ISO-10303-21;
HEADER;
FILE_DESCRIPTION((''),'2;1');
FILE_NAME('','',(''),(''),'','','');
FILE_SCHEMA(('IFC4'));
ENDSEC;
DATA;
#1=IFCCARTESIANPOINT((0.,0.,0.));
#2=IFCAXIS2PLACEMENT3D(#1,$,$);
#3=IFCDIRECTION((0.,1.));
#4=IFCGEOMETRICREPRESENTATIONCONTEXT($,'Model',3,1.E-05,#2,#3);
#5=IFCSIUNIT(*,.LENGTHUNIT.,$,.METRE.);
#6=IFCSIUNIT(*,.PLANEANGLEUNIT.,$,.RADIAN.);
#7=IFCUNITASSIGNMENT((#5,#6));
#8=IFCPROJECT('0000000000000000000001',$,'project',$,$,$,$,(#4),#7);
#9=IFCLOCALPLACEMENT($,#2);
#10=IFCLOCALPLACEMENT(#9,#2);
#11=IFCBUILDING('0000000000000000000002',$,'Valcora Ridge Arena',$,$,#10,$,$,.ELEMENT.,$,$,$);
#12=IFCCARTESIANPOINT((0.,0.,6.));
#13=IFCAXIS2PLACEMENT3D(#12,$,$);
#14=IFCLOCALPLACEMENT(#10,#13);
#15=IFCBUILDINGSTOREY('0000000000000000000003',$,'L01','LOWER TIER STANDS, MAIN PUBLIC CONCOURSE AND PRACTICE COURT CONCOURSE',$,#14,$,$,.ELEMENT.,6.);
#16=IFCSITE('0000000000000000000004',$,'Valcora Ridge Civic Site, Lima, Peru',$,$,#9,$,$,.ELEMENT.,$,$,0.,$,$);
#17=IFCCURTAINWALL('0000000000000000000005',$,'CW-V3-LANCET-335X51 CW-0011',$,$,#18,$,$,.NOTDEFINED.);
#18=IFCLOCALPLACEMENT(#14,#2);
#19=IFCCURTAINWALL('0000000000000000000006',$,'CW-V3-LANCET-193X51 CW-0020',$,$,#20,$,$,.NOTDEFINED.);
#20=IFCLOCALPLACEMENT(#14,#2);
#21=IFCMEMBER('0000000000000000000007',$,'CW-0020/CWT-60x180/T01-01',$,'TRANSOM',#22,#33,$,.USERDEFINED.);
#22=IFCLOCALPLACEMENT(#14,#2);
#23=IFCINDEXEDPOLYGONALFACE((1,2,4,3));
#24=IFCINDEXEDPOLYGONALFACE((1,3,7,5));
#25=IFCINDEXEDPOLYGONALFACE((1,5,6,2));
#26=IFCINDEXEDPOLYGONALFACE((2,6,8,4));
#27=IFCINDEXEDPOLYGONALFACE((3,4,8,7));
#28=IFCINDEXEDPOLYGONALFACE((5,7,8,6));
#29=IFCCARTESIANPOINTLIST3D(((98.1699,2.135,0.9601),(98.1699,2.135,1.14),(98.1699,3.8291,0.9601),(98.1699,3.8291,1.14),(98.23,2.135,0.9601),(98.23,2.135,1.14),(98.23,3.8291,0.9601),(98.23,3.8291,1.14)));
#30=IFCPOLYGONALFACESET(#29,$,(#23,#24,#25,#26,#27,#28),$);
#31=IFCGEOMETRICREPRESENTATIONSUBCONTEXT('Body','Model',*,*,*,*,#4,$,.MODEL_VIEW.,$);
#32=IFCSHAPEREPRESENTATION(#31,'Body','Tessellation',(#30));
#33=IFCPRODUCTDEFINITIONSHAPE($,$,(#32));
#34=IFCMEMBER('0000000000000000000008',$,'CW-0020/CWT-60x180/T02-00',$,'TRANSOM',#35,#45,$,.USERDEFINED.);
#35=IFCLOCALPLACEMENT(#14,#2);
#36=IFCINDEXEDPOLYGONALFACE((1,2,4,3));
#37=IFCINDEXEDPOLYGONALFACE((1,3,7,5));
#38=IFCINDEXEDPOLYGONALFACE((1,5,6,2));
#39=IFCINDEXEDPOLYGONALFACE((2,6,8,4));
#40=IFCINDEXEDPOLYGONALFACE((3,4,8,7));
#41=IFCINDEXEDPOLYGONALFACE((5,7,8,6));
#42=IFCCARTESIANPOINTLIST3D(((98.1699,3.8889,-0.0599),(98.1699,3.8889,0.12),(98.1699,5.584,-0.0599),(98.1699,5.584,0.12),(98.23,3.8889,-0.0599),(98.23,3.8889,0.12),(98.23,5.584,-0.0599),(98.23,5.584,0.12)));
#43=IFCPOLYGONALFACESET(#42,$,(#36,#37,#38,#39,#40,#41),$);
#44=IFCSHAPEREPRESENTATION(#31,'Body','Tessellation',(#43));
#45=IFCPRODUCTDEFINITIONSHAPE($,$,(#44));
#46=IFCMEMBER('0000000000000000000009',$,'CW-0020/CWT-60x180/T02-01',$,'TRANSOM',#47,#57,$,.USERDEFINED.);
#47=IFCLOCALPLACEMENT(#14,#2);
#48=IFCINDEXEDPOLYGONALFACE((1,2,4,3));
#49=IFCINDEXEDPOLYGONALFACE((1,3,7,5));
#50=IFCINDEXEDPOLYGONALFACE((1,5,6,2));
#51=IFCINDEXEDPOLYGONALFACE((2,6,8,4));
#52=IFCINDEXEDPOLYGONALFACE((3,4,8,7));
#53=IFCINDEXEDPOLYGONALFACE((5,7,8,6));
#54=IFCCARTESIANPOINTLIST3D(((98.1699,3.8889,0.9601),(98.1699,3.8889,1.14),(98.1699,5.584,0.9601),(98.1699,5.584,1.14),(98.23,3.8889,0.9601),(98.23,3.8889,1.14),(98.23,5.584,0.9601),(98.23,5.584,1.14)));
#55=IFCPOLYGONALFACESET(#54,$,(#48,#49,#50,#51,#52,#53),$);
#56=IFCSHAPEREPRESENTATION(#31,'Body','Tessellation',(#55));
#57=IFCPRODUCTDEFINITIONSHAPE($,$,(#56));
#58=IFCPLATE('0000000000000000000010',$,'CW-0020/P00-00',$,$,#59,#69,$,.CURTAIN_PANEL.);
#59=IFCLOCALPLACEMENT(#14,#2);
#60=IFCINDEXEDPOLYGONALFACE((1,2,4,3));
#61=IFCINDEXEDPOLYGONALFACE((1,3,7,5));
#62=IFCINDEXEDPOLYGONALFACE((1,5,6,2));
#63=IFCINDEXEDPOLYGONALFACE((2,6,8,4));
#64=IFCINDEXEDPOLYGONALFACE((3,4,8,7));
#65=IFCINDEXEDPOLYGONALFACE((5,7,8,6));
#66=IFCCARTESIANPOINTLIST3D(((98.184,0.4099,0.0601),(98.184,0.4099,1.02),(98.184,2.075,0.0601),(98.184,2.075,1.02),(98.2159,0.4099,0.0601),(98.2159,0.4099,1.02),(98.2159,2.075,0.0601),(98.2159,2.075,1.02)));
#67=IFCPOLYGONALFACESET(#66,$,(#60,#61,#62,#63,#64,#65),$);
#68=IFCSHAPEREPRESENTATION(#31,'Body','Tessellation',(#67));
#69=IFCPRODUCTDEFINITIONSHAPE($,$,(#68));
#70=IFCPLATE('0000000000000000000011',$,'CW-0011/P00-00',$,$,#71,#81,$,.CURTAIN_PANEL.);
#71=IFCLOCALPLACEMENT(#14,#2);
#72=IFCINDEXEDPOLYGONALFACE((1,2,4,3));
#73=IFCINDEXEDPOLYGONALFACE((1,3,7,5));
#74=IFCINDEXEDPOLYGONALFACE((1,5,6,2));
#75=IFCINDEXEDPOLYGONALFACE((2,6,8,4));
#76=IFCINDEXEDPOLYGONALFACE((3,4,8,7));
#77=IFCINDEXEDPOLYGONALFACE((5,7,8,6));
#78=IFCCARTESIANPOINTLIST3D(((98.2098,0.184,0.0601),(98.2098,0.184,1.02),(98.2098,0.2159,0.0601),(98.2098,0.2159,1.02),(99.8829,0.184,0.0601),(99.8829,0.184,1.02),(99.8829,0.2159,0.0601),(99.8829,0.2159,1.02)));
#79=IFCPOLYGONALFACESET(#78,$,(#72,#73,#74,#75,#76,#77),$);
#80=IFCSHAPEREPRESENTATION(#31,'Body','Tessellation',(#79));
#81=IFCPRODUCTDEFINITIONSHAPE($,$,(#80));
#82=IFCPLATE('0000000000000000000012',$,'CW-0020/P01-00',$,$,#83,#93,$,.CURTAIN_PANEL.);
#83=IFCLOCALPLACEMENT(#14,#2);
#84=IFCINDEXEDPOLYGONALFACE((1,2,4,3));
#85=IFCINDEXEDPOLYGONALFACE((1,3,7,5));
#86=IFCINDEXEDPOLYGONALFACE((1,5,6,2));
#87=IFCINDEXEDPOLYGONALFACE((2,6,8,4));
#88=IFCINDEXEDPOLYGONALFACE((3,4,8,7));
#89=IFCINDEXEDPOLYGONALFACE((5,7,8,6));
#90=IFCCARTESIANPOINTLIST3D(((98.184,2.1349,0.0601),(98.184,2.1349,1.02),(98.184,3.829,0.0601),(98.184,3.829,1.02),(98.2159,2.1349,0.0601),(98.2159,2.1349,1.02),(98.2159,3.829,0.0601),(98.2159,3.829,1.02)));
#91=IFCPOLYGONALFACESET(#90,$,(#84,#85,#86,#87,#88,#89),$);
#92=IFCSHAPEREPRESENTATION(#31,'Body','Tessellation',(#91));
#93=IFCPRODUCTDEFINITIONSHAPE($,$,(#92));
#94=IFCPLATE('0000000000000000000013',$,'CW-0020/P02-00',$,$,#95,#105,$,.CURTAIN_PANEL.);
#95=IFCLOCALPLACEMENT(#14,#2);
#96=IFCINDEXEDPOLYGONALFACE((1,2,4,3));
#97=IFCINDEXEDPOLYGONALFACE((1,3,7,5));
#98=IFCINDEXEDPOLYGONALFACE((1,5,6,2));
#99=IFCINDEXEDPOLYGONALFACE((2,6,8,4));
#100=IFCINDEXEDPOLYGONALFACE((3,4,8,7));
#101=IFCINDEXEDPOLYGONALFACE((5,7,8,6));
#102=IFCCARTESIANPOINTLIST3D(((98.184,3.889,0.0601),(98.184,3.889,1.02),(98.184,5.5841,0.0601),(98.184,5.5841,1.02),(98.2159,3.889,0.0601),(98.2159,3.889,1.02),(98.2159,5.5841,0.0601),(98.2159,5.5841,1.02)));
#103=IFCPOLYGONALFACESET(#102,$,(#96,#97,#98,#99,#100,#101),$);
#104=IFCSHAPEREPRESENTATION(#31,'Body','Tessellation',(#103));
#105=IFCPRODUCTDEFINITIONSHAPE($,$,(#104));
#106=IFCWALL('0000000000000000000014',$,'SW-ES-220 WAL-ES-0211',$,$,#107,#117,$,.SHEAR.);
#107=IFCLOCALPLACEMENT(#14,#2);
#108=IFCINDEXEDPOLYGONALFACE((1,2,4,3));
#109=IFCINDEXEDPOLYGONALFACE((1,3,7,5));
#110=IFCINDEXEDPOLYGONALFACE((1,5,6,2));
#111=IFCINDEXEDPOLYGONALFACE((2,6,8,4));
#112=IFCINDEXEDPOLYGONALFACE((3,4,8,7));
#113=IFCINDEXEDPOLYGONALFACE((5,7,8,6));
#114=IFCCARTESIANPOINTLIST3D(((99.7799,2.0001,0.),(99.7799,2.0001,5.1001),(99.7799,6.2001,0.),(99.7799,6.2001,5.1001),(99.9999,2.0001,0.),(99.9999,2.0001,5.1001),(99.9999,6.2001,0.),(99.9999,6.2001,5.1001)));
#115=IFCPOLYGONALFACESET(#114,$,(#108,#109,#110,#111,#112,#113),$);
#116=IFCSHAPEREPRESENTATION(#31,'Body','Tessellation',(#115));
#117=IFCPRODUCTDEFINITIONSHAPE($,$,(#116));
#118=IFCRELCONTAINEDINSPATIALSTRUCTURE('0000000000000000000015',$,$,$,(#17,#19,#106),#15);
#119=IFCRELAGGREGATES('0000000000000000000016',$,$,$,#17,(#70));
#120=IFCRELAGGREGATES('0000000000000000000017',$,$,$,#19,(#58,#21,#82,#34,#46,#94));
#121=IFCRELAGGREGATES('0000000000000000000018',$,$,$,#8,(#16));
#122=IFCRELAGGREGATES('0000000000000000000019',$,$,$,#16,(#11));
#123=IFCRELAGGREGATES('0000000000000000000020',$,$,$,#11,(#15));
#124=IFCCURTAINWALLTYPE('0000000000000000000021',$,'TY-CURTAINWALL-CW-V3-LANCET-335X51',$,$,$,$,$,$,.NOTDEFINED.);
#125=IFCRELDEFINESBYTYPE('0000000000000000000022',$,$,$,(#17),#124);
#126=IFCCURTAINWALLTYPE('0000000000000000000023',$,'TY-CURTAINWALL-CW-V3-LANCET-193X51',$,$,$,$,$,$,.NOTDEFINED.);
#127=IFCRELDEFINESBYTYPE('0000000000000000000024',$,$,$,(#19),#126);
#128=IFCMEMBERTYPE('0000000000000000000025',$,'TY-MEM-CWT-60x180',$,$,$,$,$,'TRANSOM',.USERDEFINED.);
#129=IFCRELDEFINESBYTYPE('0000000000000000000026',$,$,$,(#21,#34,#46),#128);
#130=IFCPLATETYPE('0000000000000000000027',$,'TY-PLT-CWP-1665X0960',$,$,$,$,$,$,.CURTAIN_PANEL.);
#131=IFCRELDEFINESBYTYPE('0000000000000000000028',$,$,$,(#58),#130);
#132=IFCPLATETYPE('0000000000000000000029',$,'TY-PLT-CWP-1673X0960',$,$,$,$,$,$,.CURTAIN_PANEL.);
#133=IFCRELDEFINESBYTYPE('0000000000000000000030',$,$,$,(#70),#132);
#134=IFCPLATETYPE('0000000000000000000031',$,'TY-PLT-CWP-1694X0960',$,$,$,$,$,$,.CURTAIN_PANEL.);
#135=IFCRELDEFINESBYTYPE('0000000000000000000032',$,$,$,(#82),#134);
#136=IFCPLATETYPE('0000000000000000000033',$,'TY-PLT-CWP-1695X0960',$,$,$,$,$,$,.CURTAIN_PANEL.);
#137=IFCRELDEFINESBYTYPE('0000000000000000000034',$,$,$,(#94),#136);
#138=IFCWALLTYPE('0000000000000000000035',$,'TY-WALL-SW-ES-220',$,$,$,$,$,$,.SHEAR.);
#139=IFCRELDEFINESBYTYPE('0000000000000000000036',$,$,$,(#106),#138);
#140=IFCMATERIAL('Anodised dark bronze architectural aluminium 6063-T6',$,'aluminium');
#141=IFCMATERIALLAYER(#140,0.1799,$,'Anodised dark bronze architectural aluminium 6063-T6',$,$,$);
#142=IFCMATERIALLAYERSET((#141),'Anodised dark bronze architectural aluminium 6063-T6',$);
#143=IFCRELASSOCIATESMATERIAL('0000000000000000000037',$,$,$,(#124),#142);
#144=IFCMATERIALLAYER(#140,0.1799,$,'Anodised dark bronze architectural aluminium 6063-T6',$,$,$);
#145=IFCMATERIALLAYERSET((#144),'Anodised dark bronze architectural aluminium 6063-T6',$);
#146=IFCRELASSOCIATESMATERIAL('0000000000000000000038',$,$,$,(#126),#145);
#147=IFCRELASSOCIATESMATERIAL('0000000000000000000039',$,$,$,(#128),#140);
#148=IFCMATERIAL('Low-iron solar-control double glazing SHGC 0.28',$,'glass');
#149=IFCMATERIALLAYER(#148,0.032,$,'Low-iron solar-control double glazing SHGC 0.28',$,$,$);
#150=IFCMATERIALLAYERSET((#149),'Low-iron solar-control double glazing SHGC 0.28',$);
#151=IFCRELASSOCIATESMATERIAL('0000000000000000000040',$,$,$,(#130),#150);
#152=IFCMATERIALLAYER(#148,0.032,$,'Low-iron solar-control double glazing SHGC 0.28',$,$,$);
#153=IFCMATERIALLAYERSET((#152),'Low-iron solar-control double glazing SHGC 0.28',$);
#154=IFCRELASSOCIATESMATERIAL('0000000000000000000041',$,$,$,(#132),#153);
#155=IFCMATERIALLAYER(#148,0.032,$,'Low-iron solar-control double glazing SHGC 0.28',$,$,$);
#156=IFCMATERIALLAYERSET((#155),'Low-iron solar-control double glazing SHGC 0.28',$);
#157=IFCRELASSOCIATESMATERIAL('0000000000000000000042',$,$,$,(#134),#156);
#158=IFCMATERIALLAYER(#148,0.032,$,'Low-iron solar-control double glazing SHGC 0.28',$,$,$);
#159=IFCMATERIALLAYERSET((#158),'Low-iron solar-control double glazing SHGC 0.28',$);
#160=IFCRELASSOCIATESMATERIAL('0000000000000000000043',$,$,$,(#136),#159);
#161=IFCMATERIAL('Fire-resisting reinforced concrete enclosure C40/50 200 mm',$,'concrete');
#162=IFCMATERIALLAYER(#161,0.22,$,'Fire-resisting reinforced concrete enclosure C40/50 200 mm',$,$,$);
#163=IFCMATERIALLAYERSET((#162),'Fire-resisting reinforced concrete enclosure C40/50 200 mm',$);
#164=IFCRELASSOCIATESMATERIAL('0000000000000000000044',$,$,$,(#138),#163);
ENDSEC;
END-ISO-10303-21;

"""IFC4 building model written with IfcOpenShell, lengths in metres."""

from ifc_helpers import new_model, si_unit, direction, frame, frame_2d, origin, origin_2d, place, context, subcontext, project, spatial, rectangle, extrude, material, layer, layer_set, material_profile, profile_set, type_object, element, aggregate, save


model = new_model("IFC4")

# Units and contexts
model_context = context("Model", 3, precision=1e-05, world=origin(), true_north=direction((0.0, 1.0)))
body_context = subcontext(model_context, "Body", "Model", "MODEL_VIEW")
ifc_project = project(units=[si_unit("LENGTHUNIT", "METRE"), si_unit("PLANEANGLEUNIT", "RADIAN")], contexts=[model_context])

# Site, building, storey
site_placement = place(None, origin())
site = spatial("IfcSite", under=ifc_project, at=site_placement, Name="Valcora Ridge Civic Site, Lima, Peru", CompositionType="ELEMENT", RefElevation=0.0)
building_placement = place(site_placement, origin())
building = spatial("IfcBuilding", under=site, at=building_placement, Name="Valcora Ridge Arena", CompositionType="ELEMENT")
storey_placement = place(building_placement, frame((0.0, 0.0, 6.0)))
storey = spatial("IfcBuildingStorey", under=building, at=storey_placement, Name="L01", Description="LOWER TIER STANDS, MAIN PUBLIC CONCOURSE AND PRACTICE COURT CONCOURSE", CompositionType="ELEMENT", Elevation=6.0)

# Curtain walls
ifc_material_1 = material(Name="Anodised dark bronze architectural aluminium 6063-T6", Category="aluminium")
ifc_layer_1 = layer(ifc_material_1, 0.1799, Name="Anodised dark bronze architectural aluminium 6063-T6")
ifc_layer_set_1 = layer_set([ifc_layer_1], Name="Anodised dark bronze architectural aluminium 6063-T6")
curtain_wall_type_1 = type_object("IfcCurtainWallType", Name="TY-CURTAINWALL-CW-V3-LANCET-335X51", PredefinedType="NOTDEFINED", material=ifc_layer_set_1)
curtain_wall_1_placement = place(storey_placement, origin())
curtain_wall_1 = element("IfcCurtainWall", 1, at=curtain_wall_1_placement, inside=storey, type_object=curtain_wall_type_1, Name="CW-V3-LANCET-335X51 CW-0011", PredefinedType="NOTDEFINED")
ifc_layer_2 = layer(ifc_material_1, 0.1799, Name="Anodised dark bronze architectural aluminium 6063-T6")
ifc_layer_set_2 = layer_set([ifc_layer_2], Name="Anodised dark bronze architectural aluminium 6063-T6")
curtain_wall_type_2 = type_object("IfcCurtainWallType", Name="TY-CURTAINWALL-CW-V3-LANCET-193X51", PredefinedType="NOTDEFINED", material=ifc_layer_set_2)
curtain_wall_2_placement = place(storey_placement, origin())
curtain_wall_2 = element("IfcCurtainWall", 2, at=curtain_wall_2_placement, inside=storey, type_object=curtain_wall_type_2, Name="CW-V3-LANCET-193X51 CW-0020", PredefinedType="NOTDEFINED")

# Members
ifc_material_profile_1 = material_profile(ifc_material_1, rectangle(XDim=0.0601, YDim=0.1799, at=origin_2d()), Name="ALU TRANSOM 60x180")
ifc_profile_set_1 = profile_set([ifc_material_profile_1], Name="Anodised dark bronze architectural aluminium 6063-T6")
member_type_1 = type_object("IfcMemberType", Name="TY-MEM-CWT-60x180", ElementType="TRANSOM", PredefinedType="USERDEFINED", material=ifc_profile_set_1)
member_1_placement = place(storey_placement, frame((98.2, 2.135, 1.05), z_axis=(0.0, 1.0, 0.0), x_axis=(-1.0, 0.0, 0.0)))
member_1 = element("IfcMember", 3, at=member_1_placement, type_object=member_type_1, Name="CW-0020/CWT-60x180/T01-01", ObjectType="TRANSOM", PredefinedType="USERDEFINED", context=body_context, shape_type="SweptSolid", body=[
    extrude(rectangle(XDim=0.0601, YDim=0.1799, at=origin_2d()), origin(), (0.0, 0.0, 1.0), 1.6941),
])
member_2_placement = place(storey_placement, frame((98.2, 3.8889, 0.03), z_axis=(0.0, 1.0, 0.0), x_axis=(-1.0, 0.0, 0.0)))
member_2 = element("IfcMember", 4, at=member_2_placement, type_object=member_type_1, Name="CW-0020/CWT-60x180/T02-00", ObjectType="TRANSOM", PredefinedType="USERDEFINED", context=body_context, shape_type="SweptSolid", body=[
    extrude(rectangle(XDim=0.0601, YDim=0.1799, at=origin_2d()), origin(), (0.0, 0.0, 1.0), 1.6951),
])
member_3_placement = place(storey_placement, frame((98.2, 3.8889, 1.05), z_axis=(0.0, 1.0, 0.0), x_axis=(-1.0, 0.0, 0.0)))
member_3 = element("IfcMember", 5, at=member_3_placement, type_object=member_type_1, Name="CW-0020/CWT-60x180/T02-01", ObjectType="TRANSOM", PredefinedType="USERDEFINED", context=body_context, shape_type="SweptSolid", body=[
    extrude(rectangle(XDim=0.0601, YDim=0.1799, at=origin_2d()), origin(), (0.0, 0.0, 1.0), 1.6951),
])

# Plates
ifc_material_2 = material(Name="Low-iron solar-control double glazing SHGC 0.28", Category="glass")
ifc_layer_3 = layer(ifc_material_2, 0.032, Name="Low-iron solar-control double glazing SHGC 0.28")
ifc_layer_set_3 = layer_set([ifc_layer_3], Name="Low-iron solar-control double glazing SHGC 0.28")
plate_type_1 = type_object("IfcPlateType", Name="TY-PLT-CWP-1665X0960", PredefinedType="CURTAIN_PANEL", material=ifc_layer_set_3)
plate_1_placement = place(storey_placement, frame((98.2, 1.2424, 0.0601), z_axis=(0.0, 0.0, 1.0), x_axis=(0.0, 1.0, 0.0)))
plate_1 = element("IfcPlate", 6, at=plate_1_placement, type_object=plate_type_1, Name="CW-0020/P00-00", PredefinedType="CURTAIN_PANEL", context=body_context, shape_type="SweptSolid", body=[
    extrude(rectangle(XDim=1.665, YDim=0.032, at=origin_2d()), origin(), (0.0, 0.0, 1.0), 0.96),
])
ifc_layer_4 = layer(ifc_material_2, 0.032, Name="Low-iron solar-control double glazing SHGC 0.28")
ifc_layer_set_4 = layer_set([ifc_layer_4], Name="Low-iron solar-control double glazing SHGC 0.28")
plate_type_2 = type_object("IfcPlateType", Name="TY-PLT-CWP-1673X0960", PredefinedType="CURTAIN_PANEL", material=ifc_layer_set_4)
plate_2_placement = place(storey_placement, frame((99.0464, 0.2, 0.0601), z_axis=(0.0, 0.0, 1.0), x_axis=(1.0, 0.0, 0.0)))
plate_2 = element("IfcPlate", 7, at=plate_2_placement, type_object=plate_type_2, Name="CW-0011/P00-00", PredefinedType="CURTAIN_PANEL", context=body_context, shape_type="SweptSolid", body=[
    extrude(rectangle(XDim=1.6731, YDim=0.032, at=origin_2d()), origin(), (0.0, 0.0, 1.0), 0.96),
])
aggregate(curtain_wall_1, [plate_2])
ifc_layer_5 = layer(ifc_material_2, 0.032, Name="Low-iron solar-control double glazing SHGC 0.28")
ifc_layer_set_5 = layer_set([ifc_layer_5], Name="Low-iron solar-control double glazing SHGC 0.28")
plate_type_3 = type_object("IfcPlateType", Name="TY-PLT-CWP-1694X0960", PredefinedType="CURTAIN_PANEL", material=ifc_layer_set_5)
plate_3_placement = place(storey_placement, frame((98.2, 2.9819, 0.0601), z_axis=(0.0, 0.0, 1.0), x_axis=(0.0, 1.0, 0.0)))
plate_3 = element("IfcPlate", 8, at=plate_3_placement, type_object=plate_type_3, Name="CW-0020/P01-00", PredefinedType="CURTAIN_PANEL", context=body_context, shape_type="SweptSolid", body=[
    extrude(rectangle(XDim=1.6941, YDim=0.032, at=origin_2d()), origin(), (0.0, 0.0, 1.0), 0.96),
])
ifc_layer_6 = layer(ifc_material_2, 0.032, Name="Low-iron solar-control double glazing SHGC 0.28")
ifc_layer_set_6 = layer_set([ifc_layer_6], Name="Low-iron solar-control double glazing SHGC 0.28")
plate_type_4 = type_object("IfcPlateType", Name="TY-PLT-CWP-1695X0960", PredefinedType="CURTAIN_PANEL", material=ifc_layer_set_6)
plate_4_placement = place(storey_placement, frame((98.2, 4.7366, 0.0601), z_axis=(0.0, 0.0, 1.0), x_axis=(0.0, 1.0, 0.0)))
plate_4 = element("IfcPlate", 9, at=plate_4_placement, type_object=plate_type_4, Name="CW-0020/P02-00", PredefinedType="CURTAIN_PANEL", context=body_context, shape_type="SweptSolid", body=[
    extrude(rectangle(XDim=1.6951, YDim=0.032, at=origin_2d()), origin(), (0.0, 0.0, 1.0), 0.96),
])
aggregate(curtain_wall_2, [plate_1, member_1, plate_3, member_2, member_3, plate_4])

# Wall
ifc_material_3 = material(Name="Fire-resisting reinforced concrete enclosure C40/50 200 mm", Category="concrete")
ifc_layer_7 = layer(ifc_material_3, 0.22, Name="Fire-resisting reinforced concrete enclosure C40/50 200 mm")
ifc_layer_set_7 = layer_set([ifc_layer_7], Name="Fire-resisting reinforced concrete enclosure C40/50 200 mm")
wall_type = type_object("IfcWallType", Name="TY-WALL-SW-ES-220", PredefinedType="SHEAR", material=ifc_layer_set_7)
wall_placement = place(storey_placement, frame((99.8899, 2.0, 0.0), z_axis=(0.0, 0.0, 1.0), x_axis=(0.0, 1.0, 0.0)))
element("IfcWall", 10, at=wall_placement, inside=storey, type_object=wall_type, Name="SW-ES-220 WAL-ES-0211", PredefinedType="SHEAR", context=body_context, shape_type="SweptSolid", body=[
    extrude(rectangle(XDim=4.2, YDim=0.22, at=frame_2d((2.1001, 0.0))), origin(), (0.0, 0.0, 1.0), 5.1001),
])

save(model, "model.ifc")
